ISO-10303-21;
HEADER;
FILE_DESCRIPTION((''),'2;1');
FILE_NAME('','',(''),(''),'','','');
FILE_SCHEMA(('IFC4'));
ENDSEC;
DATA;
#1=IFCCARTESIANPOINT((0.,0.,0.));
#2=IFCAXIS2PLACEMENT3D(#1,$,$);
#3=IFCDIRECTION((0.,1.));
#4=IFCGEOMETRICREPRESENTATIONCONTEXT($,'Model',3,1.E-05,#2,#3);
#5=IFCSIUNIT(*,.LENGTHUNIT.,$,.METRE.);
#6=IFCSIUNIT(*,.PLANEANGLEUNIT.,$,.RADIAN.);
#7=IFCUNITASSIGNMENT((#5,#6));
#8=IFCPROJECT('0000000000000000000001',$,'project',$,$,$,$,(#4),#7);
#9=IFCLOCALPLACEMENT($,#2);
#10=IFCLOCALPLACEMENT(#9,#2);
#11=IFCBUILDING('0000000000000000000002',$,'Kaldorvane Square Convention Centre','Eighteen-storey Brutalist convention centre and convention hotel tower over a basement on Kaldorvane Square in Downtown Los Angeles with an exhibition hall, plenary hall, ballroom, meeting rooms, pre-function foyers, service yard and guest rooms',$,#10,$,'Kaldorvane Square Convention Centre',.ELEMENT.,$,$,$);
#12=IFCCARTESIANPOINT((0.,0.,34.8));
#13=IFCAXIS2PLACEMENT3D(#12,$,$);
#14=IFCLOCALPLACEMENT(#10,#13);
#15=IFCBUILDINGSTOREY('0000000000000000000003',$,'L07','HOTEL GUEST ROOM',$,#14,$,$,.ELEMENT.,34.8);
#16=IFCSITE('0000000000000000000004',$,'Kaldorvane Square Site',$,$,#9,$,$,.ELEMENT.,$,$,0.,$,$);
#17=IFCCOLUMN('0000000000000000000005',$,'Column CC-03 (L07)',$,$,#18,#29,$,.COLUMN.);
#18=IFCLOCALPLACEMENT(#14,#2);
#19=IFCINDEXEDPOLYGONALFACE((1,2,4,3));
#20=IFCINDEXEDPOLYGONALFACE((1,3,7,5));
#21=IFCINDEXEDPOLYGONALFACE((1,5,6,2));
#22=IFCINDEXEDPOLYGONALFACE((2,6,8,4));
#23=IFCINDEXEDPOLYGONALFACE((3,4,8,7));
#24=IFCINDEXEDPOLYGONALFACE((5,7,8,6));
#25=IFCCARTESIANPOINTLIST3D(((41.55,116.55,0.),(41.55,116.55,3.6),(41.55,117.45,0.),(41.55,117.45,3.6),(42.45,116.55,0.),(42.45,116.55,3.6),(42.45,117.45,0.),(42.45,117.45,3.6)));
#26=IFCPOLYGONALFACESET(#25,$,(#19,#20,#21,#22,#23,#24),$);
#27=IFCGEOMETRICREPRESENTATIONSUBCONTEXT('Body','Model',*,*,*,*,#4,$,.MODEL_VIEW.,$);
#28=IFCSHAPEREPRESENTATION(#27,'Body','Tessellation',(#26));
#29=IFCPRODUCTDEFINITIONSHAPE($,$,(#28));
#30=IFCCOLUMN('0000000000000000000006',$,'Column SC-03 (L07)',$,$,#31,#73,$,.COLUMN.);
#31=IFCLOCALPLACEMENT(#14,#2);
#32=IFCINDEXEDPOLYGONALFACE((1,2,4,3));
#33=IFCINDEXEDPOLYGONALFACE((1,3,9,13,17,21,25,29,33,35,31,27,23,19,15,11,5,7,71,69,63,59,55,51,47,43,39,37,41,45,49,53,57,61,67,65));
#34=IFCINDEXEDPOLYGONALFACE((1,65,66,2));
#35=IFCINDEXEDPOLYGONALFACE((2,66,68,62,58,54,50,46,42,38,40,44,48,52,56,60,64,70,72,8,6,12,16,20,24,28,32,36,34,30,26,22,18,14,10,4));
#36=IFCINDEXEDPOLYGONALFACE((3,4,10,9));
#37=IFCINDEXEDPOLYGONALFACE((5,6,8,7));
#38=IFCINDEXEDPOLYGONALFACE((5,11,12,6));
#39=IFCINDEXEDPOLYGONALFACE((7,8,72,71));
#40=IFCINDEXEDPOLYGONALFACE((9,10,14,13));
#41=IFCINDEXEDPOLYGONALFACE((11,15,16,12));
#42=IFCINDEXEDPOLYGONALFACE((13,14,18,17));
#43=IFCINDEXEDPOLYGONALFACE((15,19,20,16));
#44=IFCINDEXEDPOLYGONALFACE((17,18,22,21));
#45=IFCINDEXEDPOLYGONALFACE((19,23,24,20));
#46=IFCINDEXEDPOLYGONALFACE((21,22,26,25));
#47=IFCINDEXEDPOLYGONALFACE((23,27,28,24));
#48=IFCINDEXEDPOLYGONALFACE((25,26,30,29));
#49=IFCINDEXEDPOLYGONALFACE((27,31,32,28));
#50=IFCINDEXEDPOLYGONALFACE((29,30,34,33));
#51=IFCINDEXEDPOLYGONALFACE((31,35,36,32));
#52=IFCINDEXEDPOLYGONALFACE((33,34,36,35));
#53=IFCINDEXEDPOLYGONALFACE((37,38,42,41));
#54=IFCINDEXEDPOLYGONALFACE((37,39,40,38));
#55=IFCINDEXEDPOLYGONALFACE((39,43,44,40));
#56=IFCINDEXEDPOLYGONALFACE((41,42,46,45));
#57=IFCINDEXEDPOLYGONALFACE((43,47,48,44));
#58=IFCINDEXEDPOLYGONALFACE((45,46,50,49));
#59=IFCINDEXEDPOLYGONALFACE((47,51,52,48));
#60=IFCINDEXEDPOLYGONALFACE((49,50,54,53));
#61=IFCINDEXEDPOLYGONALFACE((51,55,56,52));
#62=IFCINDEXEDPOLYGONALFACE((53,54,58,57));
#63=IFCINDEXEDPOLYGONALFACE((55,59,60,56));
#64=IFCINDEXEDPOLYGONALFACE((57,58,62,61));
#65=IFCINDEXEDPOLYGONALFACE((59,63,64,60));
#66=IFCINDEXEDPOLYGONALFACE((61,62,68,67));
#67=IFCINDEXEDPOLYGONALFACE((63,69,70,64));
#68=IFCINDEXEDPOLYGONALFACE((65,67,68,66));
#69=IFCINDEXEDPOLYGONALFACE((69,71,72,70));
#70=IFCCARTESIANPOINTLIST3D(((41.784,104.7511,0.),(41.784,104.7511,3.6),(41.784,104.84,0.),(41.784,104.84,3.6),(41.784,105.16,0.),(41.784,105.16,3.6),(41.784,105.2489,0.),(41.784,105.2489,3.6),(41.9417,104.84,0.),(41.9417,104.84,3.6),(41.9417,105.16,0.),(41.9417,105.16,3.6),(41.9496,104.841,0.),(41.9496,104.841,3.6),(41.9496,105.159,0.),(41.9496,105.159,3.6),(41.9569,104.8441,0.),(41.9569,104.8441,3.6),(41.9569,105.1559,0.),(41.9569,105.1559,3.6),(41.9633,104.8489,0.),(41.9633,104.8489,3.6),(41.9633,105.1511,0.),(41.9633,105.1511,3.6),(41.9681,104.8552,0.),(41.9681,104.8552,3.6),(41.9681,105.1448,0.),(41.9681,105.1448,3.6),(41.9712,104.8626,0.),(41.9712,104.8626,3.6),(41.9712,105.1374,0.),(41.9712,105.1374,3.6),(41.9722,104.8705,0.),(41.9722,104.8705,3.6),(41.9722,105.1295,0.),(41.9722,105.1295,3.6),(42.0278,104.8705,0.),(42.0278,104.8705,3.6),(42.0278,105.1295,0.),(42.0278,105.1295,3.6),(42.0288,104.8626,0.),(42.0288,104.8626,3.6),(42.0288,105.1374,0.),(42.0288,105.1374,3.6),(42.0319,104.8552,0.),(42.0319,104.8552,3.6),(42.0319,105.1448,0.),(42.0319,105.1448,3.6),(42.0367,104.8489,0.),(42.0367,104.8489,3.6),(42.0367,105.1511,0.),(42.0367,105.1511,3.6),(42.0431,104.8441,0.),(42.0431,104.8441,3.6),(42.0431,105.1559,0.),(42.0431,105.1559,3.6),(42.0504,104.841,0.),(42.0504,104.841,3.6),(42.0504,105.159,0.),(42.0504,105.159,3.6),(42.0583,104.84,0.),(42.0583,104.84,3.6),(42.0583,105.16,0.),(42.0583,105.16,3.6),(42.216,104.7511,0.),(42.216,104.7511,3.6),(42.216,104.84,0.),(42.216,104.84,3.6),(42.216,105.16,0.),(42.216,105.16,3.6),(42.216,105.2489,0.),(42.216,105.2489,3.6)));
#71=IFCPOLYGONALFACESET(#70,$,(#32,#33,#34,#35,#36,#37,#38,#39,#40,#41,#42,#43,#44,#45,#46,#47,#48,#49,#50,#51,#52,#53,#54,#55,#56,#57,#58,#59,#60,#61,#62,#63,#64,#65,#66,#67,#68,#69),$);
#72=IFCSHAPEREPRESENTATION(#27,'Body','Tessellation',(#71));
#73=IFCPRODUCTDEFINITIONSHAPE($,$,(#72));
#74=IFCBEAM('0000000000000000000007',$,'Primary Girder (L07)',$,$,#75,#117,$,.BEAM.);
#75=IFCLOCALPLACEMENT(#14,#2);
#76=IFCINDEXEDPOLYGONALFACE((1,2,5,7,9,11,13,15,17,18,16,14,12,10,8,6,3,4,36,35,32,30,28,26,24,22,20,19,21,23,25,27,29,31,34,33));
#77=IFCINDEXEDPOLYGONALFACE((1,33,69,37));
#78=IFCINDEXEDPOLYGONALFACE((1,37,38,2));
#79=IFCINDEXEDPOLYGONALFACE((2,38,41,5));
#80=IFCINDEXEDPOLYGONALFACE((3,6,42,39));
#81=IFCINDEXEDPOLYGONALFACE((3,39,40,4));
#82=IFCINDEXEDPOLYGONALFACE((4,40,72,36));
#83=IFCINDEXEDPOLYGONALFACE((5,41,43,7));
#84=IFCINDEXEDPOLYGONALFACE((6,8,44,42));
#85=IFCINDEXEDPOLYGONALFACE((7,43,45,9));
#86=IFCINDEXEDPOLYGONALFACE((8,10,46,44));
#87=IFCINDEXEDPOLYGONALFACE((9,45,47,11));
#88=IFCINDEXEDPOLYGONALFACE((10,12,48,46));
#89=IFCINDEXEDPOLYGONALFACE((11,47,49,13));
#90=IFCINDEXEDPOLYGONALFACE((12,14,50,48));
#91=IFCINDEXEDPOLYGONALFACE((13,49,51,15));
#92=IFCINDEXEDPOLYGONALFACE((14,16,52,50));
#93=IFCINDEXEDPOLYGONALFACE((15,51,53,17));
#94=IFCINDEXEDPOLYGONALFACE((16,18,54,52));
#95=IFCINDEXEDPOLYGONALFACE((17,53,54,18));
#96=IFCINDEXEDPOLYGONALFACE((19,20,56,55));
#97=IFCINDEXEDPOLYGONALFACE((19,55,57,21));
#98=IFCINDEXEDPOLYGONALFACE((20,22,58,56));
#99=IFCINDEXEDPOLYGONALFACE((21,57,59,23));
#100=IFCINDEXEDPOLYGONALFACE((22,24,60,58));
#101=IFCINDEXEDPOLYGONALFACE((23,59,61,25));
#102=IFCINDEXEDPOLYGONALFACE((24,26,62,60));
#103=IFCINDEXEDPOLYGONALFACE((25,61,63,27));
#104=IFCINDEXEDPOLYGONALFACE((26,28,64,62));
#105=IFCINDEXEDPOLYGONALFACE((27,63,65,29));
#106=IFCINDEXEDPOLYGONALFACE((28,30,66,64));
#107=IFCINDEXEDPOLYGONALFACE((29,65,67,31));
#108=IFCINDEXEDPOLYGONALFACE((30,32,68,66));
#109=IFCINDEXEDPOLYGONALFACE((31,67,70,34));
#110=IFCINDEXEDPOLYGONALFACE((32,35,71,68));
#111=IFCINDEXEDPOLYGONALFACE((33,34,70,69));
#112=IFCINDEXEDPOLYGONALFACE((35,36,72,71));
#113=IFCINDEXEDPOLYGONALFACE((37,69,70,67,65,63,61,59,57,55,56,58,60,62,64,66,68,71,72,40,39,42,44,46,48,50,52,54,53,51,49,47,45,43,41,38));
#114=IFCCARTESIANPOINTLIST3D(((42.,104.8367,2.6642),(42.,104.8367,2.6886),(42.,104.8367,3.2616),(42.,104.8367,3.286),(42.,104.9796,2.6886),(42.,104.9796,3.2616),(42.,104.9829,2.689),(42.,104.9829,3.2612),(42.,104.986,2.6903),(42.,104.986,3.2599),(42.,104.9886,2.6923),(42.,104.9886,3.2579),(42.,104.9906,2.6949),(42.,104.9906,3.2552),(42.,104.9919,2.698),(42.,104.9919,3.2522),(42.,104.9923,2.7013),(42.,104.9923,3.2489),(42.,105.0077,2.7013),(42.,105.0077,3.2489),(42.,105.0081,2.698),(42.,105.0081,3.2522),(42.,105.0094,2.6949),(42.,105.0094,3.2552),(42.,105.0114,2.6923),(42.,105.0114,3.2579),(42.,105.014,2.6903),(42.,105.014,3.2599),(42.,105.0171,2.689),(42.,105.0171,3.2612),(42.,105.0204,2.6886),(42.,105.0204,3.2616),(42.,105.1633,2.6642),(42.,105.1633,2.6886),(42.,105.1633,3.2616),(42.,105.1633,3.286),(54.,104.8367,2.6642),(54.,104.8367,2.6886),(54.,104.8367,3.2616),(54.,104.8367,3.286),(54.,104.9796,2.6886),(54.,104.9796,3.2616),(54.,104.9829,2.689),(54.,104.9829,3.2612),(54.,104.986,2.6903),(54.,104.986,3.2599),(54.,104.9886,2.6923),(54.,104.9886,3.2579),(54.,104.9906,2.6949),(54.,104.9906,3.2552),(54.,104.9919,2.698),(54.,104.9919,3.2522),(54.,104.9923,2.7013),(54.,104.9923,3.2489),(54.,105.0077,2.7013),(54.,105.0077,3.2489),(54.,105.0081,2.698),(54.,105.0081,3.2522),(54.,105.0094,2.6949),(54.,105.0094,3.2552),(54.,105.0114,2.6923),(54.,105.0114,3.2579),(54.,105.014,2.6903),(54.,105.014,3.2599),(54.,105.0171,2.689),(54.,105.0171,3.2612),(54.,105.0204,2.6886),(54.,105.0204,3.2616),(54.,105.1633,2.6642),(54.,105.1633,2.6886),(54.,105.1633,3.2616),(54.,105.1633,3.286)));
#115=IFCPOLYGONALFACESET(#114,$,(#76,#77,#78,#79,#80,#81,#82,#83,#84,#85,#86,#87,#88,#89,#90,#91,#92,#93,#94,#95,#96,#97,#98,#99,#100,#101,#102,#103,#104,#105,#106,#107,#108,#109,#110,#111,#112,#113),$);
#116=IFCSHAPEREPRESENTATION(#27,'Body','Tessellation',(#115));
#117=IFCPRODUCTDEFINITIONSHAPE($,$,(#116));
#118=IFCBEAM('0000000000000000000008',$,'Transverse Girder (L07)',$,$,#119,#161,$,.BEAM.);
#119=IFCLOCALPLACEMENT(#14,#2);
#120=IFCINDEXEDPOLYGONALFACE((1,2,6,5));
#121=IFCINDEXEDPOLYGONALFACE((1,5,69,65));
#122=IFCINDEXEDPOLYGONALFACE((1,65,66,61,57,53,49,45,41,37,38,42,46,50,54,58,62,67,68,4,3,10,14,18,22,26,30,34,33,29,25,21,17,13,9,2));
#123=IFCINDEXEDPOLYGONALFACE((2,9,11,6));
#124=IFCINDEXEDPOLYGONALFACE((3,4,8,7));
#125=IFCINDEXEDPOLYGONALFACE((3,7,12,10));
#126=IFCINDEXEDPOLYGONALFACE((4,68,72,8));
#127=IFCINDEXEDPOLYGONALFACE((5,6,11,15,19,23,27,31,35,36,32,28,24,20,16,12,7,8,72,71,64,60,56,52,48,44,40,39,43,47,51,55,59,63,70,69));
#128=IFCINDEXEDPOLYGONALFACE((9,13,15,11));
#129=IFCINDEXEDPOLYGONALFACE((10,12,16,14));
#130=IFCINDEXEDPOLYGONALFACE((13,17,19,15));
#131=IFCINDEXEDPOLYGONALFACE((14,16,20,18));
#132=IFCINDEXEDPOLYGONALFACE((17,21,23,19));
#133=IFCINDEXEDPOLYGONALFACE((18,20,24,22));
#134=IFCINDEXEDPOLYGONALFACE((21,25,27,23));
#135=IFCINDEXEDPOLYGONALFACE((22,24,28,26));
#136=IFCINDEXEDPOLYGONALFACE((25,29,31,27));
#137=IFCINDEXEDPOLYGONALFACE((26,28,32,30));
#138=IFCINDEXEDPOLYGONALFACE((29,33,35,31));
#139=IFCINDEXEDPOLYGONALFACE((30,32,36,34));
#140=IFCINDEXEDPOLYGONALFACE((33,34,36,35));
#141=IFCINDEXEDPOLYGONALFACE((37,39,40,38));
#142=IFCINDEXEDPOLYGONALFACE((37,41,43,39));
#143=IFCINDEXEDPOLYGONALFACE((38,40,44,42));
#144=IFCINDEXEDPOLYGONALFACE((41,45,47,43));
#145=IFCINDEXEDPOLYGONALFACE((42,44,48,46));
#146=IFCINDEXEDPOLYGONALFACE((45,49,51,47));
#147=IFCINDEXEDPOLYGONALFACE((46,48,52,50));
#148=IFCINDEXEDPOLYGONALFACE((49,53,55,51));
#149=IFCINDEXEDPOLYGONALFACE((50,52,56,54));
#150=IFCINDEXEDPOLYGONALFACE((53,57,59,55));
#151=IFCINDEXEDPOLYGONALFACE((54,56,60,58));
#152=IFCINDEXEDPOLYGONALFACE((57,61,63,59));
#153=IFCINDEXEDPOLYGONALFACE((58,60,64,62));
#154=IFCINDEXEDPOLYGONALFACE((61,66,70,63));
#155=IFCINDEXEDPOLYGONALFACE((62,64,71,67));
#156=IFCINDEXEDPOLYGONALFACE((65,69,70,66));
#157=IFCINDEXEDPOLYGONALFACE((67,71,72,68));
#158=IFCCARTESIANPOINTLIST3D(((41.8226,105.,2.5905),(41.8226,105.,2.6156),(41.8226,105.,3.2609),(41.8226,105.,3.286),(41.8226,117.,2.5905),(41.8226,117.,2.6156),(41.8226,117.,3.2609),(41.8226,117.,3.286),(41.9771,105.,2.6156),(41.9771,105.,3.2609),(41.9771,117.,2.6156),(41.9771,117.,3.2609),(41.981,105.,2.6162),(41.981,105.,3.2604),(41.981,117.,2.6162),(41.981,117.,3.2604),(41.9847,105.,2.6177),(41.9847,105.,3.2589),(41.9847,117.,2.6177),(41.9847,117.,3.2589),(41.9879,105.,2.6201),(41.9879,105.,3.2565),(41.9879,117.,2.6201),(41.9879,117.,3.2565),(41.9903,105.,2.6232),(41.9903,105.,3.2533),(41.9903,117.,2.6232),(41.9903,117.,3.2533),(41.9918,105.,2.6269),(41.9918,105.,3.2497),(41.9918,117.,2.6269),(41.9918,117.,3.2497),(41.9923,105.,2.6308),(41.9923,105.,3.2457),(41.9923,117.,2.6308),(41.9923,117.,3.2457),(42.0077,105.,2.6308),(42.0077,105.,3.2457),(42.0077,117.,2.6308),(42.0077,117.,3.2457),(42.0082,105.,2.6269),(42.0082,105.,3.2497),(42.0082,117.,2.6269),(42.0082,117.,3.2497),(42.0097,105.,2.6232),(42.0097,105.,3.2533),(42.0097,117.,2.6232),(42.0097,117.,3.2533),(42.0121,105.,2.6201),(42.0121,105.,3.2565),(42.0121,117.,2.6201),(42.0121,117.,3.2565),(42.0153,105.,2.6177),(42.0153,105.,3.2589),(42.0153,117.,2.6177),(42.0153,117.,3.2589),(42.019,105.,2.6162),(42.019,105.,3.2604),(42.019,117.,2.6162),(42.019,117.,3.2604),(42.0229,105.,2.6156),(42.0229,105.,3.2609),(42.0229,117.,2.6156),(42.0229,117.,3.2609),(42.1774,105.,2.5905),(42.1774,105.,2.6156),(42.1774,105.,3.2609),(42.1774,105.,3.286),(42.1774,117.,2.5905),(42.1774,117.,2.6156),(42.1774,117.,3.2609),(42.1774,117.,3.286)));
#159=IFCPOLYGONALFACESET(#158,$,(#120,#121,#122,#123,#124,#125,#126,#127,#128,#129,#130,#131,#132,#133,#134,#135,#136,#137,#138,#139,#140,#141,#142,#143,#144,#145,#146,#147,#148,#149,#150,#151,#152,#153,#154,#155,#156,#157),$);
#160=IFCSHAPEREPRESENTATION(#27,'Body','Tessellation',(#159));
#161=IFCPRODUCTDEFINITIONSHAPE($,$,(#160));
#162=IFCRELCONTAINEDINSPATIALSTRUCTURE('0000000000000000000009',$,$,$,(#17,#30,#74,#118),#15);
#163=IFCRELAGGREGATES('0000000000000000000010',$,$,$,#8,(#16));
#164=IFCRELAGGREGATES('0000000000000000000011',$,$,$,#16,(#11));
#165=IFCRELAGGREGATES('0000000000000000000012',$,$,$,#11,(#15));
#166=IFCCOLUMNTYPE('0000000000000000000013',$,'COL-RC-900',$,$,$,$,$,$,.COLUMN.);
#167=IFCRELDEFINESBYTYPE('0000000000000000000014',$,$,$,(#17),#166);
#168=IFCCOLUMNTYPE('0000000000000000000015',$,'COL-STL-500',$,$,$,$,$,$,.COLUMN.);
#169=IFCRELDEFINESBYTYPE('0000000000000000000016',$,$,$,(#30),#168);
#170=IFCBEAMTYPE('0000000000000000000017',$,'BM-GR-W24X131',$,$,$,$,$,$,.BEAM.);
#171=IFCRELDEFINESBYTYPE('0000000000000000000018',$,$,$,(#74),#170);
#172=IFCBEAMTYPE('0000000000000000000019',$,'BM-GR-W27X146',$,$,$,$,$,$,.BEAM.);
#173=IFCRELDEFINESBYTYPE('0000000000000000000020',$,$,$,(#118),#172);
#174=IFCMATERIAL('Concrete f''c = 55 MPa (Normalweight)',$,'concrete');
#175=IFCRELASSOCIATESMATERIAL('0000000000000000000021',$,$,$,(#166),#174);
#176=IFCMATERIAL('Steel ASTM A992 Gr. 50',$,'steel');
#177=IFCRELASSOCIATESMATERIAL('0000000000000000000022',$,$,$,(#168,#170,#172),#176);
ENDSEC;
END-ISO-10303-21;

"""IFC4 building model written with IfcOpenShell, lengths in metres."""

from ifc_helpers import new_model, si_unit, direction, frame, origin, origin_2d, place, context, subcontext, project, spatial, rectangle, i_section, extrude, material, material_profile, profile_set, type_object, element, save


model = new_model("IFC4")

# Units and contexts
model_context = context("Model", 3, precision=1e-05, world=origin(), true_north=direction((0.0, 1.0)))
body_context = subcontext(model_context, "Body", "Model", "MODEL_VIEW")
ifc_project = project(units=[si_unit("LENGTHUNIT", "METRE"), si_unit("PLANEANGLEUNIT", "RADIAN")], contexts=[model_context])

# Site, building, storey
site_placement = place(None, origin())
site = spatial("IfcSite", under=ifc_project, at=site_placement, Name="Kaldorvane Square Site", CompositionType="ELEMENT", RefElevation=0.0)
building_placement = place(site_placement, origin())
building = spatial("IfcBuilding", under=site, at=building_placement, Name="Kaldorvane Square Convention Centre", Description="Eighteen-storey Brutalist convention centre and convention hotel tower over a basement on Kaldorvane Square in Downtown Los Angeles with an exhibition hall, plenary hall, ballroom, meeting rooms, pre-function foyers, service yard and guest rooms", LongName="Kaldorvane Square Convention Centre", CompositionType="ELEMENT")
storey_placement = place(building_placement, frame((0.0, 0.0, 34.8)))
storey = spatial("IfcBuildingStorey", under=building, at=storey_placement, Name="L07", Description="HOTEL GUEST ROOM", CompositionType="ELEMENT", Elevation=34.8)

# Columns
ifc_material_1 = material(Name="Concrete f'c = 55 MPa (Normalweight)", Category="concrete")
ifc_material_profile_1 = material_profile(ifc_material_1, rectangle(XDim=0.9, YDim=0.9, at=origin_2d()), Name="RC900X900")
ifc_profile_set_1 = profile_set([ifc_material_profile_1], Name="Concrete f'c = 55 MPa (Normalweight)")
column_type_1 = type_object("IfcColumnType", Name="COL-RC-900", PredefinedType="COLUMN", material=ifc_profile_set_1)
column_1_placement = place(storey_placement, frame((42.0, 117.0, 0.0), z_axis=(0.0, 0.0, 1.0), x_axis=(1.0, 0.0, 0.0)))
element("IfcColumn", 1, at=column_1_placement, inside=storey, type_object=column_type_1, Name="Column CC-03 (L07)", PredefinedType="COLUMN", context=body_context, shape_type="SweptSolid", body=[
    extrude(rectangle(XDim=0.9, YDim=0.9, at=origin_2d()), origin(), (0.0, 0.0, 1.0), 3.6),
])
ifc_material_2 = material(Name="Steel ASTM A992 Gr. 50", Category="steel")
ifc_material_profile_2 = material_profile(ifc_material_2, i_section(OverallWidth=0.4321, OverallDepth=0.4978, WebThickness=0.0556, FlangeThickness=0.0889, FilletRadius=0.0305, at=origin_2d()), Name="W14X500")
ifc_profile_set_2 = profile_set([ifc_material_profile_2], Name="Steel ASTM A992 Gr. 50")
column_type_2 = type_object("IfcColumnType", Name="COL-STL-500", PredefinedType="COLUMN", material=ifc_profile_set_2)
column_2_placement = place(storey_placement, frame((42.0, 105.0, 0.0), z_axis=(0.0, 0.0, 1.0), x_axis=(1.0, 0.0, 0.0)))
element("IfcColumn", 2, at=column_2_placement, inside=storey, type_object=column_type_2, Name="Column SC-03 (L07)", PredefinedType="COLUMN", context=body_context, shape_type="SweptSolid", body=[
    extrude(i_section(OverallWidth=0.4321, OverallDepth=0.4978, WebThickness=0.0556, FlangeThickness=0.0889, FilletRadius=0.0305, at=origin_2d()), origin(), (0.0, 0.0, 1.0), 3.6),
])

# Beams
ifc_material_profile_3 = material_profile(ifc_material_2, i_section(OverallWidth=0.3265, OverallDepth=0.6218, WebThickness=0.0154, FlangeThickness=0.0244, FilletRadius=0.0127, at=origin_2d()), Name="W24X131")
ifc_profile_set_3 = profile_set([ifc_material_profile_3], Name="Steel ASTM A992 Gr. 50")
beam_type_1 = type_object("IfcBeamType", Name="BM-GR-W24X131", PredefinedType="BEAM", material=ifc_profile_set_3)
beam_1_placement = place(storey_placement, frame((42.0, 105.0, 2.9751), z_axis=(1.0, 0.0, 0.0), x_axis=(0.0, 1.0, 0.0)))
element("IfcBeam", 3, at=beam_1_placement, inside=storey, type_object=beam_type_1, Name="Primary Girder (L07)", PredefinedType="BEAM", context=body_context, shape_type="SweptSolid", body=[
    extrude(i_section(OverallWidth=0.3265, OverallDepth=0.6218, WebThickness=0.0154, FlangeThickness=0.0244, FilletRadius=0.0127, at=origin_2d()), origin(), (0.0, 0.0, 1.0), 12.0),
])
ifc_material_profile_4 = material_profile(ifc_material_2, i_section(OverallWidth=0.3547, OverallDepth=0.6955, WebThickness=0.0154, FlangeThickness=0.0251, FilletRadius=0.0152, at=origin_2d()), Name="W27X146")
ifc_profile_set_4 = profile_set([ifc_material_profile_4], Name="Steel ASTM A992 Gr. 50")
beam_type_2 = type_object("IfcBeamType", Name="BM-GR-W27X146", PredefinedType="BEAM", material=ifc_profile_set_4)
beam_2_placement = place(storey_placement, frame((42.0, 105.0, 2.9383), z_axis=(0.0, 1.0, 0.0), x_axis=(-1.0, 0.0, 0.0)))
element("IfcBeam", 4, at=beam_2_placement, inside=storey, type_object=beam_type_2, Name="Transverse Girder (L07)", PredefinedType="BEAM", context=body_context, shape_type="SweptSolid", body=[
    extrude(i_section(OverallWidth=0.3547, OverallDepth=0.6955, WebThickness=0.0154, FlangeThickness=0.0251, FilletRadius=0.0152, at=origin_2d()), origin(), (0.0, 0.0, 1.0), 12.0),
])

save(model, "model.ifc")
